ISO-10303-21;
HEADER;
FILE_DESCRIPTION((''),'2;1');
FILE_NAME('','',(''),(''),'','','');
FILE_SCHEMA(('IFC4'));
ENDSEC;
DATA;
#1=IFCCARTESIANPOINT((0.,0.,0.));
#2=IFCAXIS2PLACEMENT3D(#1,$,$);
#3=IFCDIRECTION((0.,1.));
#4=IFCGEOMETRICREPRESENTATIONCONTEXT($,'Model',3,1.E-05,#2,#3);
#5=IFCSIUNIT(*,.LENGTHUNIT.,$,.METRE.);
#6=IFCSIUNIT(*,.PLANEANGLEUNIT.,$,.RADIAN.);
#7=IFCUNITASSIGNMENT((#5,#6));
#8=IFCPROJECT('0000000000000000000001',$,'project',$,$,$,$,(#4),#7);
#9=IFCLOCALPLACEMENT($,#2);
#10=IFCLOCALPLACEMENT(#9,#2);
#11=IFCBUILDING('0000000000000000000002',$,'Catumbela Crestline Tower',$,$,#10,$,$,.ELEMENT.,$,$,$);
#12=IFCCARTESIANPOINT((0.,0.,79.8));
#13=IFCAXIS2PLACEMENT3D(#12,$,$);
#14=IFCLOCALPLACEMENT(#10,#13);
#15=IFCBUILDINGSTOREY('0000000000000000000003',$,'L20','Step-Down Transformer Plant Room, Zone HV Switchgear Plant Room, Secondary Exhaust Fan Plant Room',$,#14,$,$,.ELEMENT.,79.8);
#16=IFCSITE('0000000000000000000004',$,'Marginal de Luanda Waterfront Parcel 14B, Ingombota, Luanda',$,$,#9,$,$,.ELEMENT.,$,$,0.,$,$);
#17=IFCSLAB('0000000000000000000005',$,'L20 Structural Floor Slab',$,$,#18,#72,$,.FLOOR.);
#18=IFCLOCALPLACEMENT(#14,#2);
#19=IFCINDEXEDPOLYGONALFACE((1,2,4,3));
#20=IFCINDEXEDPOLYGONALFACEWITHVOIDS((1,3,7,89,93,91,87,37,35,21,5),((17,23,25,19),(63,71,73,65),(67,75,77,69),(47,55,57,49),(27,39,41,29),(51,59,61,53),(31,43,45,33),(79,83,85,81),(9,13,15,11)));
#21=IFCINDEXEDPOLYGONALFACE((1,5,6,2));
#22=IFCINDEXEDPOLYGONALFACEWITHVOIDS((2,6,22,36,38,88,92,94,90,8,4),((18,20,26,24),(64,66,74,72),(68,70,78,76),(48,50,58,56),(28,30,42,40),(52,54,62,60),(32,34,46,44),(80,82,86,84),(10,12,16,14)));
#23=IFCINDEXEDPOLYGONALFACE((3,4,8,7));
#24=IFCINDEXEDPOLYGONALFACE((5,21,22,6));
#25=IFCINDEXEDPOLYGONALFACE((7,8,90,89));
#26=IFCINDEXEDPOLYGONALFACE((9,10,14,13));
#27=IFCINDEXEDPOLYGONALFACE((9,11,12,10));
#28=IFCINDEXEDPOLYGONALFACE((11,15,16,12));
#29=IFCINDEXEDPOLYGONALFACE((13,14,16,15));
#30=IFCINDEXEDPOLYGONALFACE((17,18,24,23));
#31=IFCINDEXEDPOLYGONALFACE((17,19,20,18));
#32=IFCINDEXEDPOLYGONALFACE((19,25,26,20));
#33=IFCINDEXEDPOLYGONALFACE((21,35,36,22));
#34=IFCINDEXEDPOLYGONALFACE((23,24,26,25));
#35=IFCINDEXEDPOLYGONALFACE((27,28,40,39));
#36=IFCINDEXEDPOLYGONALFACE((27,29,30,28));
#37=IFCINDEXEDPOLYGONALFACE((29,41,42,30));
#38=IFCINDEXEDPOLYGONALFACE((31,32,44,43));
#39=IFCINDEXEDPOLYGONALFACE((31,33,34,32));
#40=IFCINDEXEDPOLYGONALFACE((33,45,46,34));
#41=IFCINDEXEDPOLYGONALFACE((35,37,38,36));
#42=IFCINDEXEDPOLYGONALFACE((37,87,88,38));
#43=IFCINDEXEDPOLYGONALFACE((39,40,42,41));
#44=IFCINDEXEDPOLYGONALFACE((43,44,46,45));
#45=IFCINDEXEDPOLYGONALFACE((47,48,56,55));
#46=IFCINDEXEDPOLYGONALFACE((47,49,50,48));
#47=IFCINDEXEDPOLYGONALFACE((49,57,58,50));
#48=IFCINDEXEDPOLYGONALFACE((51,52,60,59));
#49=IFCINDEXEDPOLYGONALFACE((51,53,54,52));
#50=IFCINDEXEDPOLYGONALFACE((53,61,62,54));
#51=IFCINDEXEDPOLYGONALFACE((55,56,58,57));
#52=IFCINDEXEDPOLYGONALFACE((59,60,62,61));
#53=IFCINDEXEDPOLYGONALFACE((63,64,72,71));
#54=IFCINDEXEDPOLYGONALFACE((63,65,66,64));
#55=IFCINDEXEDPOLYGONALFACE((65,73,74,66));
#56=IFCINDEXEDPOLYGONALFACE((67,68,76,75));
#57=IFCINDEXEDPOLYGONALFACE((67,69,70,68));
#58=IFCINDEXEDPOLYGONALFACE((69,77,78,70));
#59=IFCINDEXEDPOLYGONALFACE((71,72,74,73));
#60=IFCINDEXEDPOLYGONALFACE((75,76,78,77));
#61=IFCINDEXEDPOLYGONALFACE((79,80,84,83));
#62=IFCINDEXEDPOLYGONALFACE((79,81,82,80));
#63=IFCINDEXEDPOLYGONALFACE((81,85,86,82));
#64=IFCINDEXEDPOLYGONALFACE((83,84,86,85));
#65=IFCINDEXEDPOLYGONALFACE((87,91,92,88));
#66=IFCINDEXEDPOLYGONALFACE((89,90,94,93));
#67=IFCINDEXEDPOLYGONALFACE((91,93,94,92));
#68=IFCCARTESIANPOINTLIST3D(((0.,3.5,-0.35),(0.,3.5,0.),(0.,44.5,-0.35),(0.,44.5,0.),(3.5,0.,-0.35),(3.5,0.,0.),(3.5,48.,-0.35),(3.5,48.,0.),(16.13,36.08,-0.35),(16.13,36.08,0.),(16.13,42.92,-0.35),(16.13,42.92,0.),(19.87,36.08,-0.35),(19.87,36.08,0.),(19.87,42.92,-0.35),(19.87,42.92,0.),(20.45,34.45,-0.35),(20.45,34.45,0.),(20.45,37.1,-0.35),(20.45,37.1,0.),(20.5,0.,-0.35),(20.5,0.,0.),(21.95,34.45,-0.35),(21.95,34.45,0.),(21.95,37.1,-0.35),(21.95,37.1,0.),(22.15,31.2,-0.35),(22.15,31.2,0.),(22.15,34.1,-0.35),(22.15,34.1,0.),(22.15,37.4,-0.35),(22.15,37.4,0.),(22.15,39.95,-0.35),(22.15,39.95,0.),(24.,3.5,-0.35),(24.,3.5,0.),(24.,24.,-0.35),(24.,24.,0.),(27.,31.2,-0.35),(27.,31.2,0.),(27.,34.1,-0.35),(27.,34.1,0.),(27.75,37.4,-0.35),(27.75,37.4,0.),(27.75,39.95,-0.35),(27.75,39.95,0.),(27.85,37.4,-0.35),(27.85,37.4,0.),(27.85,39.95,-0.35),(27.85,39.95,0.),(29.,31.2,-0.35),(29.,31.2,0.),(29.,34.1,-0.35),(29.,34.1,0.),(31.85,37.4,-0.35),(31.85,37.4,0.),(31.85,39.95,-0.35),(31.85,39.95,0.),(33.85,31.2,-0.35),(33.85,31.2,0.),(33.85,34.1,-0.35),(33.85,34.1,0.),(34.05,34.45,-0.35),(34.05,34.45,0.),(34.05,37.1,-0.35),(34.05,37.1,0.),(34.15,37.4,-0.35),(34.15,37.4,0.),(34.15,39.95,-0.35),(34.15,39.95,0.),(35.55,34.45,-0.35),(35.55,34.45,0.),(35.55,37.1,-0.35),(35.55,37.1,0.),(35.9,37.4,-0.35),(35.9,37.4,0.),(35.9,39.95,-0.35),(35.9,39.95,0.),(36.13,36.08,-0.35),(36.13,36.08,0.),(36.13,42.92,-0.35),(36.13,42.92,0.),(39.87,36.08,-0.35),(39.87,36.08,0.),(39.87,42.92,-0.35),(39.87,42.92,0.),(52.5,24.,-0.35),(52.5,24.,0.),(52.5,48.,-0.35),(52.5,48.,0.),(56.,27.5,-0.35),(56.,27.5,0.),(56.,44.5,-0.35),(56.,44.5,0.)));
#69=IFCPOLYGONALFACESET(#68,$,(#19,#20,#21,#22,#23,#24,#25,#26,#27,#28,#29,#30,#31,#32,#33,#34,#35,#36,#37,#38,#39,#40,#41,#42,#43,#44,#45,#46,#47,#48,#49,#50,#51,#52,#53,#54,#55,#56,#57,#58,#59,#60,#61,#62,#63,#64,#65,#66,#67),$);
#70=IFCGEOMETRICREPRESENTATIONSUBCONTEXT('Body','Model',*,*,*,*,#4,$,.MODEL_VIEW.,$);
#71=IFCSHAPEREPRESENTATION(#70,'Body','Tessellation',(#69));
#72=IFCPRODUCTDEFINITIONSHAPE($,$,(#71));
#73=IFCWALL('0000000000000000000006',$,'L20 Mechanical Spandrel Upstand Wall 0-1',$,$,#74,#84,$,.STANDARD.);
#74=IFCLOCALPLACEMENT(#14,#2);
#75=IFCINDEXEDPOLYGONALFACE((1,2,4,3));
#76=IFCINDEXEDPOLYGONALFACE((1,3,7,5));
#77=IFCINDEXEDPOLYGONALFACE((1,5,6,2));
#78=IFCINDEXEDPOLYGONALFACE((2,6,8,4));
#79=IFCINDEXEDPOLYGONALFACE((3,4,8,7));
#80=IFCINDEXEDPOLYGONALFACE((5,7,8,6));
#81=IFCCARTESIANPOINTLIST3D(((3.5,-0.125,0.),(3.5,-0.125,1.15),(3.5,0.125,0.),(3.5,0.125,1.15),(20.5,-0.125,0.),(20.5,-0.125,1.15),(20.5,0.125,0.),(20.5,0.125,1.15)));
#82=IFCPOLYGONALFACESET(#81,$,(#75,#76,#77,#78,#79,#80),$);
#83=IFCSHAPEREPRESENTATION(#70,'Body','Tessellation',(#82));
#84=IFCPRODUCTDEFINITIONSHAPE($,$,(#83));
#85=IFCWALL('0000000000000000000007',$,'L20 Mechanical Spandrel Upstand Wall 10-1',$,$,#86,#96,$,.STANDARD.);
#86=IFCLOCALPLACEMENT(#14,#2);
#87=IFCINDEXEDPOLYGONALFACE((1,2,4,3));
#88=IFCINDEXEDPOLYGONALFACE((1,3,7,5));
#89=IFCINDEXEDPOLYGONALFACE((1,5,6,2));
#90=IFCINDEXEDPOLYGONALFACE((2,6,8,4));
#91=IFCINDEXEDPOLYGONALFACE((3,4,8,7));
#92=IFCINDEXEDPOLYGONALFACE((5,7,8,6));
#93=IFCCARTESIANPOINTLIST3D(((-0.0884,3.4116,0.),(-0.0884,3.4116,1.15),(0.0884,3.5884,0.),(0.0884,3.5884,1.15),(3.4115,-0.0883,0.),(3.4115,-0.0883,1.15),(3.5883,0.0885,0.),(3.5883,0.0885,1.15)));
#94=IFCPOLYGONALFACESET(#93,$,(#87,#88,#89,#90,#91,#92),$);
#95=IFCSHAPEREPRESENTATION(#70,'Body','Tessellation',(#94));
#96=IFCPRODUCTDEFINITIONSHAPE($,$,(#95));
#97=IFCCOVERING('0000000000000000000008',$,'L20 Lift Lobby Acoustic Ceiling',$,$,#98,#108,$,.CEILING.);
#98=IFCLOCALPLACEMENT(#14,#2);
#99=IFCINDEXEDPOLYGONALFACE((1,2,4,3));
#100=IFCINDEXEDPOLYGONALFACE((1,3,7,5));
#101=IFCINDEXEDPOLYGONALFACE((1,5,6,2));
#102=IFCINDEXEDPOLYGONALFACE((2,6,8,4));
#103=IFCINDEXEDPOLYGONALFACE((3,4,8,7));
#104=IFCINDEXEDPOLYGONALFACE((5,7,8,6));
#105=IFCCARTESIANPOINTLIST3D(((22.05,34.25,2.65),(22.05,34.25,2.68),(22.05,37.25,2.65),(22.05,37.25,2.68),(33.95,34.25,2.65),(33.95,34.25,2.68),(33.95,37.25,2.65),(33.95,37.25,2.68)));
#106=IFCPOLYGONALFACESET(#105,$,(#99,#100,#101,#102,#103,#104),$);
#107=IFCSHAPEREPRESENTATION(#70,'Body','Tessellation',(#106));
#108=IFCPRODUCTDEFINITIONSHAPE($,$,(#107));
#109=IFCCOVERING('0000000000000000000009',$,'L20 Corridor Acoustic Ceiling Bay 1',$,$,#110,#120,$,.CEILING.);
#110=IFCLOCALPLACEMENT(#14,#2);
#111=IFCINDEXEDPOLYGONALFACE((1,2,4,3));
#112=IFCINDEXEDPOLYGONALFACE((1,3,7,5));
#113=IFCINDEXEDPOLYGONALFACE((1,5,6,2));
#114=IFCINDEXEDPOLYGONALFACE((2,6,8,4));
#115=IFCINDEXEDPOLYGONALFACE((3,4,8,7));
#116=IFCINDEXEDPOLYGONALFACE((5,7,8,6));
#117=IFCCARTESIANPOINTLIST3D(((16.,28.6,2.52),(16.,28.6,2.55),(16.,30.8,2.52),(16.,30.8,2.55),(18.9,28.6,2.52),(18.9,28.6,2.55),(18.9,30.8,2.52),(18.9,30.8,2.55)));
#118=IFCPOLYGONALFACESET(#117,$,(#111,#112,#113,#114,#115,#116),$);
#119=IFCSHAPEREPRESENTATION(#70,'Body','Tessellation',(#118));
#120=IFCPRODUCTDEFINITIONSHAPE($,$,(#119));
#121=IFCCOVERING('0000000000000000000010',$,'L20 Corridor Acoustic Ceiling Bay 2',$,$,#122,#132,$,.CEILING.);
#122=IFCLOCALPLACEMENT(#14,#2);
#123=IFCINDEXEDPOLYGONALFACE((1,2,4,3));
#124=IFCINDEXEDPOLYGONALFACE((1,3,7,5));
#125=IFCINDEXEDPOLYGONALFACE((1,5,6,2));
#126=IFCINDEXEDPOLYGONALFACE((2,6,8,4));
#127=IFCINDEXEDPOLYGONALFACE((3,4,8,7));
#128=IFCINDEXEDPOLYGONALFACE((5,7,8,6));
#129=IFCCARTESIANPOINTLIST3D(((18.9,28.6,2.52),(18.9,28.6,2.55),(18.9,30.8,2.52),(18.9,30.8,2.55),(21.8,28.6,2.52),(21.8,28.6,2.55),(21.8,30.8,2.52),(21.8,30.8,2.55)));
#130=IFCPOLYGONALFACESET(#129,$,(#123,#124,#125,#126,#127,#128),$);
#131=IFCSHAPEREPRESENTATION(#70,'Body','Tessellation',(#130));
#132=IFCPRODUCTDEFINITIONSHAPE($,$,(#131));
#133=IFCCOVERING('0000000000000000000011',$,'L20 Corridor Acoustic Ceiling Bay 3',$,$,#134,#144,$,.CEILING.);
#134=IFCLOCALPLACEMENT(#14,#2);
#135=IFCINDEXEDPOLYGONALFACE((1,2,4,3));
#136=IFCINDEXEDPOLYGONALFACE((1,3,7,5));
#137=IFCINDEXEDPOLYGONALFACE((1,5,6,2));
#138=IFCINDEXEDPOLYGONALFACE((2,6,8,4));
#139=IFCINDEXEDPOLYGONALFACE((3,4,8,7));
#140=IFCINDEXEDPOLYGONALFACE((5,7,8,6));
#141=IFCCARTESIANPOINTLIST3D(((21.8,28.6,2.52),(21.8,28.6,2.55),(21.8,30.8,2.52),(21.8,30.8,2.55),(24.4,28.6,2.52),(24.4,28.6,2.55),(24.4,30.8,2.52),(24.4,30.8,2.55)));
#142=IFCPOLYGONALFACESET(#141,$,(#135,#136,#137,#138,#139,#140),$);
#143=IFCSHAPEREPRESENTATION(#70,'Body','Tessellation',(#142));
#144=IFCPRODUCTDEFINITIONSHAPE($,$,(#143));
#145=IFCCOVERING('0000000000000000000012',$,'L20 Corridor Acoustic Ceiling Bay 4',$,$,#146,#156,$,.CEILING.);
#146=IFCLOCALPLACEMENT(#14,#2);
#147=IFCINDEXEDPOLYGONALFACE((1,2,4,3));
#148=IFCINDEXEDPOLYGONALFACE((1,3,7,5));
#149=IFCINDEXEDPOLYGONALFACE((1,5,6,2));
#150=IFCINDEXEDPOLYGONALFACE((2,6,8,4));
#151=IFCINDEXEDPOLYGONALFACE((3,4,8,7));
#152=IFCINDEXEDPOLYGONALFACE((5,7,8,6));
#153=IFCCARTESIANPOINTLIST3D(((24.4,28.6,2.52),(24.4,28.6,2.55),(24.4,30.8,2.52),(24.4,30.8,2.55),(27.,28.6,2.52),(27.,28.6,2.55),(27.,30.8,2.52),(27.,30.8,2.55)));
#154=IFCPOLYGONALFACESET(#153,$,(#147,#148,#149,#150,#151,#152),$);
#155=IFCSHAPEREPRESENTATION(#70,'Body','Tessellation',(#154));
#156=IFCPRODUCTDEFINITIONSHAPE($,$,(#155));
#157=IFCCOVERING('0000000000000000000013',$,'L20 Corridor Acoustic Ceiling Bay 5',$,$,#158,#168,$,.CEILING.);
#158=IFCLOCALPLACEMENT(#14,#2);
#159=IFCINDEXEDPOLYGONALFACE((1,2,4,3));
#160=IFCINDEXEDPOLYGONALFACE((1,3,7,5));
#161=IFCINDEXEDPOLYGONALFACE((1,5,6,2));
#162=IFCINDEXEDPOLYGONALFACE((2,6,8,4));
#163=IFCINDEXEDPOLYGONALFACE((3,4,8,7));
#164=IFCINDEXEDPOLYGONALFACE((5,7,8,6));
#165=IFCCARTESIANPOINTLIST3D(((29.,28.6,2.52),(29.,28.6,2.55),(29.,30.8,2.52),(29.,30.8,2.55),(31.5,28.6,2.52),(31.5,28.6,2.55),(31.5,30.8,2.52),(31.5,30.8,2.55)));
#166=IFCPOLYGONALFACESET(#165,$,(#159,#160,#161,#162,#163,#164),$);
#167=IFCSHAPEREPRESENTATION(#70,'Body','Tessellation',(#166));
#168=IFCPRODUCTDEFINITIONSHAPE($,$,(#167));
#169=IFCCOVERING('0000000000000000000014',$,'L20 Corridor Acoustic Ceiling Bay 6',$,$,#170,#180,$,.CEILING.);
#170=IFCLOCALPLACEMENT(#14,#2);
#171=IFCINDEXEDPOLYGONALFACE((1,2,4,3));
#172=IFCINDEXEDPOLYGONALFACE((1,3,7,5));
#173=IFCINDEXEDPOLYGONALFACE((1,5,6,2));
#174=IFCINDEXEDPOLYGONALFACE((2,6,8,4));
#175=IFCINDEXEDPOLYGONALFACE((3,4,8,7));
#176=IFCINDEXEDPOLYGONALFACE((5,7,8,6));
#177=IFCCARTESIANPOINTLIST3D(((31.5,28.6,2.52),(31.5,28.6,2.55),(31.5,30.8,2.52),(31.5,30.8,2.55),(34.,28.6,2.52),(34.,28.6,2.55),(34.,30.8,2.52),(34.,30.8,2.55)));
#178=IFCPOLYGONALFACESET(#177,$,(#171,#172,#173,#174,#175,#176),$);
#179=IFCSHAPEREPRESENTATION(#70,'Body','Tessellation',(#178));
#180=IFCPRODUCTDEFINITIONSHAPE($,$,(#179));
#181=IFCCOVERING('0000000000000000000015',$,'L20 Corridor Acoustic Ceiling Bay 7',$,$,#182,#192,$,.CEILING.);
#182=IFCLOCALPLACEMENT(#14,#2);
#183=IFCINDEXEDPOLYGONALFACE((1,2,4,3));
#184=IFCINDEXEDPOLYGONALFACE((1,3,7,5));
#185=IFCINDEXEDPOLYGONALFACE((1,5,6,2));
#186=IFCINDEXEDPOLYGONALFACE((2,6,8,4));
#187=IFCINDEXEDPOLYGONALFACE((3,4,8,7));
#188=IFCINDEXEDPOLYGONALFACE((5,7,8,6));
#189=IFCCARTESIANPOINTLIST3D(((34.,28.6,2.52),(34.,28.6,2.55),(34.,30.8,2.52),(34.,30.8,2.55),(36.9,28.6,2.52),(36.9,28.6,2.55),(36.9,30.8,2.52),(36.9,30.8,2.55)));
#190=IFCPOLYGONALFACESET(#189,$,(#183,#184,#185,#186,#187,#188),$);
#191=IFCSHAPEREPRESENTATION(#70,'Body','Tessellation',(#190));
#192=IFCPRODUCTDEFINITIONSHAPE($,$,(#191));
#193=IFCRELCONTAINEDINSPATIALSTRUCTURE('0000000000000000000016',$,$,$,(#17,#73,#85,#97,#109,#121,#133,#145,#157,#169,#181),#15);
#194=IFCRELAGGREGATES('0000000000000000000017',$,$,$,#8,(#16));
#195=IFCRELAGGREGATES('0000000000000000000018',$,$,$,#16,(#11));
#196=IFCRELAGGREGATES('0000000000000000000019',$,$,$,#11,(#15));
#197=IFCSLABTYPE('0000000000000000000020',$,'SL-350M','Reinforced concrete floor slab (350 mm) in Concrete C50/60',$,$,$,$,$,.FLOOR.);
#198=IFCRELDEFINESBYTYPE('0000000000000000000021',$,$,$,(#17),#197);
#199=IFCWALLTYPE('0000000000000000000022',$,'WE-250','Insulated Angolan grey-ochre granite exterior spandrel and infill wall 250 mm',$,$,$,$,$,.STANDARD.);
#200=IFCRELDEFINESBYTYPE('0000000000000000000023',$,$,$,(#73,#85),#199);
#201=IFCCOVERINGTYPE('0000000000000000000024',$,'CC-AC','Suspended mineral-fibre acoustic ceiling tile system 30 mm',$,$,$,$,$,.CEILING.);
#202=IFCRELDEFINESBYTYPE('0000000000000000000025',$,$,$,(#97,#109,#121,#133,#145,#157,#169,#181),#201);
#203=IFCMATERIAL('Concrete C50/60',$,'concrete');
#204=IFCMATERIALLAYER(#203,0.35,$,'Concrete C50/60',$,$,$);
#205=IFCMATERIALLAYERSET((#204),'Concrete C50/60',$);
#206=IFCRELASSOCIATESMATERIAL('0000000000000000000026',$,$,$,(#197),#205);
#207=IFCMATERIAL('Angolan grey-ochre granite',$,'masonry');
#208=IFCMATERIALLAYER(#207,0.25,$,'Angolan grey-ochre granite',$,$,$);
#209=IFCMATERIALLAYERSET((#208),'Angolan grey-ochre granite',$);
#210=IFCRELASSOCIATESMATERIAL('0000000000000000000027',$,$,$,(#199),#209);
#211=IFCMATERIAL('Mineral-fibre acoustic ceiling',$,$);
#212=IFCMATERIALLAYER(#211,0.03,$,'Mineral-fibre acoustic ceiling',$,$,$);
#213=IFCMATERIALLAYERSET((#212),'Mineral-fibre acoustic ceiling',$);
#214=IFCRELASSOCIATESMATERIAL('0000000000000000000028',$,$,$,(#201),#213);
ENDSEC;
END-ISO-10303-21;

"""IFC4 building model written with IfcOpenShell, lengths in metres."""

from ifc_helpers import new_model, si_unit, direction, frame, frame_2d, origin, place, context, subcontext, project, spatial, polyline, rectangle, outline, extrude, material, layer, layer_set, type_object, element, save


model = new_model("IFC4")

# Units and contexts
model_context = context("Model", 3, precision=1e-05, world=origin(), true_north=direction((0.0, 1.0)))
body_context = subcontext(model_context, "Body", "Model", "MODEL_VIEW")
ifc_project = project(units=[si_unit("LENGTHUNIT", "METRE"), si_unit("PLANEANGLEUNIT", "RADIAN")], contexts=[model_context])

# Site, building, storey
site_placement = place(None, origin())
site = spatial("IfcSite", under=ifc_project, at=site_placement, Name="Marginal de Luanda Waterfront Parcel 14B, Ingombota, Luanda", CompositionType="ELEMENT", RefElevation=0.0)
building_placement = place(site_placement, origin())
building = spatial("IfcBuilding", under=site, at=building_placement, Name="Catumbela Crestline Tower", CompositionType="ELEMENT")
storey_placement = place(building_placement, frame((0.0, 0.0, 79.8)))
storey = spatial("IfcBuildingStorey", under=building, at=storey_placement, Name="L20", Description="Step-Down Transformer Plant Room, Zone HV Switchgear Plant Room, Secondary Exhaust Fan Plant Room", CompositionType="ELEMENT", Elevation=79.8)

# Slab
ifc_material_1 = material(Name="Concrete C50/60", Category="concrete")
ifc_layer_1 = layer(ifc_material_1, 0.35, Name="Concrete C50/60")
ifc_layer_set_1 = layer_set([ifc_layer_1], Name="Concrete C50/60")
slab_type_1 = type_object("IfcSlabType", Name="SL-350M", Description="Reinforced concrete floor slab (350 mm) in Concrete C50/60", PredefinedType="FLOOR", material=ifc_layer_set_1)
slab_1_placement = place(storey_placement, frame((0.0, 0.0, -0.35)))
element("IfcSlab", 1, at=slab_1_placement, inside=storey, type_object=slab_type_1, Name="L20 Structural Floor Slab", PredefinedType="FLOOR", context=body_context, shape_type="SweptSolid", body=[
    extrude(outline(polyline([(3.5, 0.0), (20.5, 0.0), (24.0, 3.5), (24.0, 24.0), (52.5, 24.0), (56.0, 27.5), (56.0, 44.5), (52.5, 48.0), (3.5, 48.0), (0.0, 44.5), (0.0, 3.5), (3.5, 0.0)]), holes=[polyline([(16.13, 36.08), (19.87, 36.08), (19.87, 42.92), (16.13, 42.92), (16.13, 36.08)]), polyline([(36.13, 36.08), (39.87, 36.08), (39.87, 42.92), (36.13, 42.92), (36.13, 36.08)]), polyline([(22.15, 31.2), (27.0, 31.2), (27.0, 34.1), (22.15, 34.1), (22.15, 31.2)]), polyline([(29.0, 31.2), (33.85, 31.2), (33.85, 34.1), (29.0, 34.1), (29.0, 31.2)]), polyline([(22.15, 37.4), (27.75, 37.4), (27.75, 39.95), (22.15, 39.95), (22.15, 37.4)]), polyline([(27.85, 37.4), (31.85, 37.4), (31.85, 39.95), (27.85, 39.95), (27.85, 37.4)]), polyline([(20.45, 34.45), (21.95, 34.45), (21.95, 37.1), (20.45, 37.1), (20.45, 34.45)]), polyline([(34.05, 34.45), (35.55, 34.45), (35.55, 37.1), (34.05, 37.1), (34.05, 34.45)]), polyline([(34.15, 37.4), (35.9, 37.4), (35.9, 39.95), (34.15, 39.95), (34.15, 37.4)])]), origin(), (0.0, 0.0, 1.0), 0.35),
])

# Walls
ifc_material_2 = material(Name="Angolan grey-ochre granite", Category="masonry")
ifc_layer_2 = layer(ifc_material_2, 0.25, Name="Angolan grey-ochre granite")
ifc_layer_set_2 = layer_set([ifc_layer_2], Name="Angolan grey-ochre granite")
wall_type = type_object("IfcWallType", Name="WE-250", Description="Insulated Angolan grey-ochre granite exterior spandrel and infill wall 250 mm", PredefinedType="STANDARD", material=ifc_layer_set_2)
wall_1_placement = place(storey_placement, frame((3.5, 0.0, 0.0), z_axis=(0.0, 0.0, 1.0), x_axis=(1.0, 0.0, 0.0)))
element("IfcWall", 2, at=wall_1_placement, inside=storey, type_object=wall_type, Name="L20 Mechanical Spandrel Upstand Wall 0-1", PredefinedType="STANDARD", context=body_context, shape_type="SweptSolid", body=[
    extrude(rectangle(XDim=17.0, YDim=0.25, at=frame_2d((8.5, 0.0))), origin(), (0.0, 0.0, 1.0), 1.15),
])
wall_2_placement = place(storey_placement, frame((0.0, 3.5, 0.0), z_axis=(0.0, 0.0, 1.0), x_axis=(0.707107, -0.707107, 0.0)))
element("IfcWall", 3, at=wall_2_placement, inside=storey, type_object=wall_type, Name="L20 Mechanical Spandrel Upstand Wall 10-1", PredefinedType="STANDARD", context=body_context, shape_type="SweptSolid", body=[
    extrude(rectangle(XDim=4.9497, YDim=0.25, at=frame_2d((2.4748, 0.0))), origin(), (0.0, 0.0, 1.0), 1.15),
])

# Coverings
ifc_material_3 = material(Name="Mineral-fibre acoustic ceiling")
ifc_layer_3 = layer(ifc_material_3, 0.03, Name="Mineral-fibre acoustic ceiling")
ifc_layer_set_3 = layer_set([ifc_layer_3], Name="Mineral-fibre acoustic ceiling")
covering_type_1 = type_object("IfcCoveringType", Name="CC-AC", Description="Suspended mineral-fibre acoustic ceiling tile system 30 mm", PredefinedType="CEILING", material=ifc_layer_set_3)
covering_1_placement = place(storey_placement, frame((0.0, 0.0, 2.65)))
element("IfcCovering", 4, at=covering_1_placement, inside=storey, type_object=covering_type_1, Name="L20 Lift Lobby Acoustic Ceiling", PredefinedType="CEILING", context=body_context, shape_type="SweptSolid", body=[
    extrude(outline(polyline([(22.05, 34.25), (33.95, 34.25), (33.95, 37.25), (22.05, 37.25), (22.05, 34.25)])), origin(), (0.0, 0.0, 1.0), 0.03),
])
covering_2_placement = place(storey_placement, frame((0.0, 0.0, 2.52)))
element("IfcCovering", 5, at=covering_2_placement, inside=storey, type_object=covering_type_1, Name="L20 Corridor Acoustic Ceiling Bay 1", PredefinedType="CEILING", context=body_context, shape_type="SweptSolid", body=[
    extrude(outline(polyline([(16.0, 28.6), (18.9, 28.6), (18.9, 30.8), (16.0, 30.8), (16.0, 28.6)])), origin(), (0.0, 0.0, 1.0), 0.03),
])
covering_3_placement = place(storey_placement, frame((0.0, 0.0, 2.52)))
element("IfcCovering", 6, at=covering_3_placement, inside=storey, type_object=covering_type_1, Name="L20 Corridor Acoustic Ceiling Bay 2", PredefinedType="CEILING", context=body_context, shape_type="SweptSolid", body=[
    extrude(outline(polyline([(18.9, 28.6), (21.8, 28.6), (21.8, 30.8), (18.9, 30.8), (18.9, 28.6)])), origin(), (0.0, 0.0, 1.0), 0.03),
])
covering_4_placement = place(storey_placement, frame((0.0, 0.0, 2.52)))
element("IfcCovering", 7, at=covering_4_placement, inside=storey, type_object=covering_type_1, Name="L20 Corridor Acoustic Ceiling Bay 3", PredefinedType="CEILING", context=body_context, shape_type="SweptSolid", body=[
    extrude(outline(polyline([(21.8, 28.6), (24.4, 28.6), (24.4, 30.8), (21.8, 30.8), (21.8, 28.6)])), origin(), (0.0, 0.0, 1.0), 0.03),
])
covering_5_placement = place(storey_placement, frame((0.0, 0.0, 2.52)))
element("IfcCovering", 8, at=covering_5_placement, inside=storey, type_object=covering_type_1, Name="L20 Corridor Acoustic Ceiling Bay 4", PredefinedType="CEILING", context=body_context, shape_type="SweptSolid", body=[
    extrude(outline(polyline([(24.4, 28.6), (27.0, 28.6), (27.0, 30.8), (24.4, 30.8), (24.4, 28.6)])), origin(), (0.0, 0.0, 1.0), 0.03),
])
covering_6_placement = place(storey_placement, frame((0.0, 0.0, 2.52)))
element("IfcCovering", 9, at=covering_6_placement, inside=storey, type_object=covering_type_1, Name="L20 Corridor Acoustic Ceiling Bay 5", PredefinedType="CEILING", context=body_context, shape_type="SweptSolid", body=[
    extrude(outline(polyline([(29.0, 28.6), (31.5, 28.6), (31.5, 30.8), (29.0, 30.8), (29.0, 28.6)])), origin(), (0.0, 0.0, 1.0), 0.03),
])
covering_7_placement = place(storey_placement, frame((0.0, 0.0, 2.52)))
element("IfcCovering", 10, at=covering_7_placement, inside=storey, type_object=covering_type_1, Name="L20 Corridor Acoustic Ceiling Bay 6", PredefinedType="CEILING", context=body_context, shape_type="SweptSolid", body=[
    extrude(outline(polyline([(31.5, 28.6), (34.0, 28.6), (34.0, 30.8), (31.5, 30.8), (31.5, 28.6)])), origin(), (0.0, 0.0, 1.0), 0.03),
])
covering_8_placement = place(storey_placement, frame((0.0, 0.0, 2.52)))
element("IfcCovering", 11, at=covering_8_placement, inside=storey, type_object=covering_type_1, Name="L20 Corridor Acoustic Ceiling Bay 7", PredefinedType="CEILING", context=body_context, shape_type="SweptSolid", body=[
    extrude(outline(polyline([(34.0, 28.6), (36.9, 28.6), (36.9, 30.8), (34.0, 30.8), (34.0, 28.6)])), origin(), (0.0, 0.0, 1.0), 0.03),
])

save(model, "model.ifc")
